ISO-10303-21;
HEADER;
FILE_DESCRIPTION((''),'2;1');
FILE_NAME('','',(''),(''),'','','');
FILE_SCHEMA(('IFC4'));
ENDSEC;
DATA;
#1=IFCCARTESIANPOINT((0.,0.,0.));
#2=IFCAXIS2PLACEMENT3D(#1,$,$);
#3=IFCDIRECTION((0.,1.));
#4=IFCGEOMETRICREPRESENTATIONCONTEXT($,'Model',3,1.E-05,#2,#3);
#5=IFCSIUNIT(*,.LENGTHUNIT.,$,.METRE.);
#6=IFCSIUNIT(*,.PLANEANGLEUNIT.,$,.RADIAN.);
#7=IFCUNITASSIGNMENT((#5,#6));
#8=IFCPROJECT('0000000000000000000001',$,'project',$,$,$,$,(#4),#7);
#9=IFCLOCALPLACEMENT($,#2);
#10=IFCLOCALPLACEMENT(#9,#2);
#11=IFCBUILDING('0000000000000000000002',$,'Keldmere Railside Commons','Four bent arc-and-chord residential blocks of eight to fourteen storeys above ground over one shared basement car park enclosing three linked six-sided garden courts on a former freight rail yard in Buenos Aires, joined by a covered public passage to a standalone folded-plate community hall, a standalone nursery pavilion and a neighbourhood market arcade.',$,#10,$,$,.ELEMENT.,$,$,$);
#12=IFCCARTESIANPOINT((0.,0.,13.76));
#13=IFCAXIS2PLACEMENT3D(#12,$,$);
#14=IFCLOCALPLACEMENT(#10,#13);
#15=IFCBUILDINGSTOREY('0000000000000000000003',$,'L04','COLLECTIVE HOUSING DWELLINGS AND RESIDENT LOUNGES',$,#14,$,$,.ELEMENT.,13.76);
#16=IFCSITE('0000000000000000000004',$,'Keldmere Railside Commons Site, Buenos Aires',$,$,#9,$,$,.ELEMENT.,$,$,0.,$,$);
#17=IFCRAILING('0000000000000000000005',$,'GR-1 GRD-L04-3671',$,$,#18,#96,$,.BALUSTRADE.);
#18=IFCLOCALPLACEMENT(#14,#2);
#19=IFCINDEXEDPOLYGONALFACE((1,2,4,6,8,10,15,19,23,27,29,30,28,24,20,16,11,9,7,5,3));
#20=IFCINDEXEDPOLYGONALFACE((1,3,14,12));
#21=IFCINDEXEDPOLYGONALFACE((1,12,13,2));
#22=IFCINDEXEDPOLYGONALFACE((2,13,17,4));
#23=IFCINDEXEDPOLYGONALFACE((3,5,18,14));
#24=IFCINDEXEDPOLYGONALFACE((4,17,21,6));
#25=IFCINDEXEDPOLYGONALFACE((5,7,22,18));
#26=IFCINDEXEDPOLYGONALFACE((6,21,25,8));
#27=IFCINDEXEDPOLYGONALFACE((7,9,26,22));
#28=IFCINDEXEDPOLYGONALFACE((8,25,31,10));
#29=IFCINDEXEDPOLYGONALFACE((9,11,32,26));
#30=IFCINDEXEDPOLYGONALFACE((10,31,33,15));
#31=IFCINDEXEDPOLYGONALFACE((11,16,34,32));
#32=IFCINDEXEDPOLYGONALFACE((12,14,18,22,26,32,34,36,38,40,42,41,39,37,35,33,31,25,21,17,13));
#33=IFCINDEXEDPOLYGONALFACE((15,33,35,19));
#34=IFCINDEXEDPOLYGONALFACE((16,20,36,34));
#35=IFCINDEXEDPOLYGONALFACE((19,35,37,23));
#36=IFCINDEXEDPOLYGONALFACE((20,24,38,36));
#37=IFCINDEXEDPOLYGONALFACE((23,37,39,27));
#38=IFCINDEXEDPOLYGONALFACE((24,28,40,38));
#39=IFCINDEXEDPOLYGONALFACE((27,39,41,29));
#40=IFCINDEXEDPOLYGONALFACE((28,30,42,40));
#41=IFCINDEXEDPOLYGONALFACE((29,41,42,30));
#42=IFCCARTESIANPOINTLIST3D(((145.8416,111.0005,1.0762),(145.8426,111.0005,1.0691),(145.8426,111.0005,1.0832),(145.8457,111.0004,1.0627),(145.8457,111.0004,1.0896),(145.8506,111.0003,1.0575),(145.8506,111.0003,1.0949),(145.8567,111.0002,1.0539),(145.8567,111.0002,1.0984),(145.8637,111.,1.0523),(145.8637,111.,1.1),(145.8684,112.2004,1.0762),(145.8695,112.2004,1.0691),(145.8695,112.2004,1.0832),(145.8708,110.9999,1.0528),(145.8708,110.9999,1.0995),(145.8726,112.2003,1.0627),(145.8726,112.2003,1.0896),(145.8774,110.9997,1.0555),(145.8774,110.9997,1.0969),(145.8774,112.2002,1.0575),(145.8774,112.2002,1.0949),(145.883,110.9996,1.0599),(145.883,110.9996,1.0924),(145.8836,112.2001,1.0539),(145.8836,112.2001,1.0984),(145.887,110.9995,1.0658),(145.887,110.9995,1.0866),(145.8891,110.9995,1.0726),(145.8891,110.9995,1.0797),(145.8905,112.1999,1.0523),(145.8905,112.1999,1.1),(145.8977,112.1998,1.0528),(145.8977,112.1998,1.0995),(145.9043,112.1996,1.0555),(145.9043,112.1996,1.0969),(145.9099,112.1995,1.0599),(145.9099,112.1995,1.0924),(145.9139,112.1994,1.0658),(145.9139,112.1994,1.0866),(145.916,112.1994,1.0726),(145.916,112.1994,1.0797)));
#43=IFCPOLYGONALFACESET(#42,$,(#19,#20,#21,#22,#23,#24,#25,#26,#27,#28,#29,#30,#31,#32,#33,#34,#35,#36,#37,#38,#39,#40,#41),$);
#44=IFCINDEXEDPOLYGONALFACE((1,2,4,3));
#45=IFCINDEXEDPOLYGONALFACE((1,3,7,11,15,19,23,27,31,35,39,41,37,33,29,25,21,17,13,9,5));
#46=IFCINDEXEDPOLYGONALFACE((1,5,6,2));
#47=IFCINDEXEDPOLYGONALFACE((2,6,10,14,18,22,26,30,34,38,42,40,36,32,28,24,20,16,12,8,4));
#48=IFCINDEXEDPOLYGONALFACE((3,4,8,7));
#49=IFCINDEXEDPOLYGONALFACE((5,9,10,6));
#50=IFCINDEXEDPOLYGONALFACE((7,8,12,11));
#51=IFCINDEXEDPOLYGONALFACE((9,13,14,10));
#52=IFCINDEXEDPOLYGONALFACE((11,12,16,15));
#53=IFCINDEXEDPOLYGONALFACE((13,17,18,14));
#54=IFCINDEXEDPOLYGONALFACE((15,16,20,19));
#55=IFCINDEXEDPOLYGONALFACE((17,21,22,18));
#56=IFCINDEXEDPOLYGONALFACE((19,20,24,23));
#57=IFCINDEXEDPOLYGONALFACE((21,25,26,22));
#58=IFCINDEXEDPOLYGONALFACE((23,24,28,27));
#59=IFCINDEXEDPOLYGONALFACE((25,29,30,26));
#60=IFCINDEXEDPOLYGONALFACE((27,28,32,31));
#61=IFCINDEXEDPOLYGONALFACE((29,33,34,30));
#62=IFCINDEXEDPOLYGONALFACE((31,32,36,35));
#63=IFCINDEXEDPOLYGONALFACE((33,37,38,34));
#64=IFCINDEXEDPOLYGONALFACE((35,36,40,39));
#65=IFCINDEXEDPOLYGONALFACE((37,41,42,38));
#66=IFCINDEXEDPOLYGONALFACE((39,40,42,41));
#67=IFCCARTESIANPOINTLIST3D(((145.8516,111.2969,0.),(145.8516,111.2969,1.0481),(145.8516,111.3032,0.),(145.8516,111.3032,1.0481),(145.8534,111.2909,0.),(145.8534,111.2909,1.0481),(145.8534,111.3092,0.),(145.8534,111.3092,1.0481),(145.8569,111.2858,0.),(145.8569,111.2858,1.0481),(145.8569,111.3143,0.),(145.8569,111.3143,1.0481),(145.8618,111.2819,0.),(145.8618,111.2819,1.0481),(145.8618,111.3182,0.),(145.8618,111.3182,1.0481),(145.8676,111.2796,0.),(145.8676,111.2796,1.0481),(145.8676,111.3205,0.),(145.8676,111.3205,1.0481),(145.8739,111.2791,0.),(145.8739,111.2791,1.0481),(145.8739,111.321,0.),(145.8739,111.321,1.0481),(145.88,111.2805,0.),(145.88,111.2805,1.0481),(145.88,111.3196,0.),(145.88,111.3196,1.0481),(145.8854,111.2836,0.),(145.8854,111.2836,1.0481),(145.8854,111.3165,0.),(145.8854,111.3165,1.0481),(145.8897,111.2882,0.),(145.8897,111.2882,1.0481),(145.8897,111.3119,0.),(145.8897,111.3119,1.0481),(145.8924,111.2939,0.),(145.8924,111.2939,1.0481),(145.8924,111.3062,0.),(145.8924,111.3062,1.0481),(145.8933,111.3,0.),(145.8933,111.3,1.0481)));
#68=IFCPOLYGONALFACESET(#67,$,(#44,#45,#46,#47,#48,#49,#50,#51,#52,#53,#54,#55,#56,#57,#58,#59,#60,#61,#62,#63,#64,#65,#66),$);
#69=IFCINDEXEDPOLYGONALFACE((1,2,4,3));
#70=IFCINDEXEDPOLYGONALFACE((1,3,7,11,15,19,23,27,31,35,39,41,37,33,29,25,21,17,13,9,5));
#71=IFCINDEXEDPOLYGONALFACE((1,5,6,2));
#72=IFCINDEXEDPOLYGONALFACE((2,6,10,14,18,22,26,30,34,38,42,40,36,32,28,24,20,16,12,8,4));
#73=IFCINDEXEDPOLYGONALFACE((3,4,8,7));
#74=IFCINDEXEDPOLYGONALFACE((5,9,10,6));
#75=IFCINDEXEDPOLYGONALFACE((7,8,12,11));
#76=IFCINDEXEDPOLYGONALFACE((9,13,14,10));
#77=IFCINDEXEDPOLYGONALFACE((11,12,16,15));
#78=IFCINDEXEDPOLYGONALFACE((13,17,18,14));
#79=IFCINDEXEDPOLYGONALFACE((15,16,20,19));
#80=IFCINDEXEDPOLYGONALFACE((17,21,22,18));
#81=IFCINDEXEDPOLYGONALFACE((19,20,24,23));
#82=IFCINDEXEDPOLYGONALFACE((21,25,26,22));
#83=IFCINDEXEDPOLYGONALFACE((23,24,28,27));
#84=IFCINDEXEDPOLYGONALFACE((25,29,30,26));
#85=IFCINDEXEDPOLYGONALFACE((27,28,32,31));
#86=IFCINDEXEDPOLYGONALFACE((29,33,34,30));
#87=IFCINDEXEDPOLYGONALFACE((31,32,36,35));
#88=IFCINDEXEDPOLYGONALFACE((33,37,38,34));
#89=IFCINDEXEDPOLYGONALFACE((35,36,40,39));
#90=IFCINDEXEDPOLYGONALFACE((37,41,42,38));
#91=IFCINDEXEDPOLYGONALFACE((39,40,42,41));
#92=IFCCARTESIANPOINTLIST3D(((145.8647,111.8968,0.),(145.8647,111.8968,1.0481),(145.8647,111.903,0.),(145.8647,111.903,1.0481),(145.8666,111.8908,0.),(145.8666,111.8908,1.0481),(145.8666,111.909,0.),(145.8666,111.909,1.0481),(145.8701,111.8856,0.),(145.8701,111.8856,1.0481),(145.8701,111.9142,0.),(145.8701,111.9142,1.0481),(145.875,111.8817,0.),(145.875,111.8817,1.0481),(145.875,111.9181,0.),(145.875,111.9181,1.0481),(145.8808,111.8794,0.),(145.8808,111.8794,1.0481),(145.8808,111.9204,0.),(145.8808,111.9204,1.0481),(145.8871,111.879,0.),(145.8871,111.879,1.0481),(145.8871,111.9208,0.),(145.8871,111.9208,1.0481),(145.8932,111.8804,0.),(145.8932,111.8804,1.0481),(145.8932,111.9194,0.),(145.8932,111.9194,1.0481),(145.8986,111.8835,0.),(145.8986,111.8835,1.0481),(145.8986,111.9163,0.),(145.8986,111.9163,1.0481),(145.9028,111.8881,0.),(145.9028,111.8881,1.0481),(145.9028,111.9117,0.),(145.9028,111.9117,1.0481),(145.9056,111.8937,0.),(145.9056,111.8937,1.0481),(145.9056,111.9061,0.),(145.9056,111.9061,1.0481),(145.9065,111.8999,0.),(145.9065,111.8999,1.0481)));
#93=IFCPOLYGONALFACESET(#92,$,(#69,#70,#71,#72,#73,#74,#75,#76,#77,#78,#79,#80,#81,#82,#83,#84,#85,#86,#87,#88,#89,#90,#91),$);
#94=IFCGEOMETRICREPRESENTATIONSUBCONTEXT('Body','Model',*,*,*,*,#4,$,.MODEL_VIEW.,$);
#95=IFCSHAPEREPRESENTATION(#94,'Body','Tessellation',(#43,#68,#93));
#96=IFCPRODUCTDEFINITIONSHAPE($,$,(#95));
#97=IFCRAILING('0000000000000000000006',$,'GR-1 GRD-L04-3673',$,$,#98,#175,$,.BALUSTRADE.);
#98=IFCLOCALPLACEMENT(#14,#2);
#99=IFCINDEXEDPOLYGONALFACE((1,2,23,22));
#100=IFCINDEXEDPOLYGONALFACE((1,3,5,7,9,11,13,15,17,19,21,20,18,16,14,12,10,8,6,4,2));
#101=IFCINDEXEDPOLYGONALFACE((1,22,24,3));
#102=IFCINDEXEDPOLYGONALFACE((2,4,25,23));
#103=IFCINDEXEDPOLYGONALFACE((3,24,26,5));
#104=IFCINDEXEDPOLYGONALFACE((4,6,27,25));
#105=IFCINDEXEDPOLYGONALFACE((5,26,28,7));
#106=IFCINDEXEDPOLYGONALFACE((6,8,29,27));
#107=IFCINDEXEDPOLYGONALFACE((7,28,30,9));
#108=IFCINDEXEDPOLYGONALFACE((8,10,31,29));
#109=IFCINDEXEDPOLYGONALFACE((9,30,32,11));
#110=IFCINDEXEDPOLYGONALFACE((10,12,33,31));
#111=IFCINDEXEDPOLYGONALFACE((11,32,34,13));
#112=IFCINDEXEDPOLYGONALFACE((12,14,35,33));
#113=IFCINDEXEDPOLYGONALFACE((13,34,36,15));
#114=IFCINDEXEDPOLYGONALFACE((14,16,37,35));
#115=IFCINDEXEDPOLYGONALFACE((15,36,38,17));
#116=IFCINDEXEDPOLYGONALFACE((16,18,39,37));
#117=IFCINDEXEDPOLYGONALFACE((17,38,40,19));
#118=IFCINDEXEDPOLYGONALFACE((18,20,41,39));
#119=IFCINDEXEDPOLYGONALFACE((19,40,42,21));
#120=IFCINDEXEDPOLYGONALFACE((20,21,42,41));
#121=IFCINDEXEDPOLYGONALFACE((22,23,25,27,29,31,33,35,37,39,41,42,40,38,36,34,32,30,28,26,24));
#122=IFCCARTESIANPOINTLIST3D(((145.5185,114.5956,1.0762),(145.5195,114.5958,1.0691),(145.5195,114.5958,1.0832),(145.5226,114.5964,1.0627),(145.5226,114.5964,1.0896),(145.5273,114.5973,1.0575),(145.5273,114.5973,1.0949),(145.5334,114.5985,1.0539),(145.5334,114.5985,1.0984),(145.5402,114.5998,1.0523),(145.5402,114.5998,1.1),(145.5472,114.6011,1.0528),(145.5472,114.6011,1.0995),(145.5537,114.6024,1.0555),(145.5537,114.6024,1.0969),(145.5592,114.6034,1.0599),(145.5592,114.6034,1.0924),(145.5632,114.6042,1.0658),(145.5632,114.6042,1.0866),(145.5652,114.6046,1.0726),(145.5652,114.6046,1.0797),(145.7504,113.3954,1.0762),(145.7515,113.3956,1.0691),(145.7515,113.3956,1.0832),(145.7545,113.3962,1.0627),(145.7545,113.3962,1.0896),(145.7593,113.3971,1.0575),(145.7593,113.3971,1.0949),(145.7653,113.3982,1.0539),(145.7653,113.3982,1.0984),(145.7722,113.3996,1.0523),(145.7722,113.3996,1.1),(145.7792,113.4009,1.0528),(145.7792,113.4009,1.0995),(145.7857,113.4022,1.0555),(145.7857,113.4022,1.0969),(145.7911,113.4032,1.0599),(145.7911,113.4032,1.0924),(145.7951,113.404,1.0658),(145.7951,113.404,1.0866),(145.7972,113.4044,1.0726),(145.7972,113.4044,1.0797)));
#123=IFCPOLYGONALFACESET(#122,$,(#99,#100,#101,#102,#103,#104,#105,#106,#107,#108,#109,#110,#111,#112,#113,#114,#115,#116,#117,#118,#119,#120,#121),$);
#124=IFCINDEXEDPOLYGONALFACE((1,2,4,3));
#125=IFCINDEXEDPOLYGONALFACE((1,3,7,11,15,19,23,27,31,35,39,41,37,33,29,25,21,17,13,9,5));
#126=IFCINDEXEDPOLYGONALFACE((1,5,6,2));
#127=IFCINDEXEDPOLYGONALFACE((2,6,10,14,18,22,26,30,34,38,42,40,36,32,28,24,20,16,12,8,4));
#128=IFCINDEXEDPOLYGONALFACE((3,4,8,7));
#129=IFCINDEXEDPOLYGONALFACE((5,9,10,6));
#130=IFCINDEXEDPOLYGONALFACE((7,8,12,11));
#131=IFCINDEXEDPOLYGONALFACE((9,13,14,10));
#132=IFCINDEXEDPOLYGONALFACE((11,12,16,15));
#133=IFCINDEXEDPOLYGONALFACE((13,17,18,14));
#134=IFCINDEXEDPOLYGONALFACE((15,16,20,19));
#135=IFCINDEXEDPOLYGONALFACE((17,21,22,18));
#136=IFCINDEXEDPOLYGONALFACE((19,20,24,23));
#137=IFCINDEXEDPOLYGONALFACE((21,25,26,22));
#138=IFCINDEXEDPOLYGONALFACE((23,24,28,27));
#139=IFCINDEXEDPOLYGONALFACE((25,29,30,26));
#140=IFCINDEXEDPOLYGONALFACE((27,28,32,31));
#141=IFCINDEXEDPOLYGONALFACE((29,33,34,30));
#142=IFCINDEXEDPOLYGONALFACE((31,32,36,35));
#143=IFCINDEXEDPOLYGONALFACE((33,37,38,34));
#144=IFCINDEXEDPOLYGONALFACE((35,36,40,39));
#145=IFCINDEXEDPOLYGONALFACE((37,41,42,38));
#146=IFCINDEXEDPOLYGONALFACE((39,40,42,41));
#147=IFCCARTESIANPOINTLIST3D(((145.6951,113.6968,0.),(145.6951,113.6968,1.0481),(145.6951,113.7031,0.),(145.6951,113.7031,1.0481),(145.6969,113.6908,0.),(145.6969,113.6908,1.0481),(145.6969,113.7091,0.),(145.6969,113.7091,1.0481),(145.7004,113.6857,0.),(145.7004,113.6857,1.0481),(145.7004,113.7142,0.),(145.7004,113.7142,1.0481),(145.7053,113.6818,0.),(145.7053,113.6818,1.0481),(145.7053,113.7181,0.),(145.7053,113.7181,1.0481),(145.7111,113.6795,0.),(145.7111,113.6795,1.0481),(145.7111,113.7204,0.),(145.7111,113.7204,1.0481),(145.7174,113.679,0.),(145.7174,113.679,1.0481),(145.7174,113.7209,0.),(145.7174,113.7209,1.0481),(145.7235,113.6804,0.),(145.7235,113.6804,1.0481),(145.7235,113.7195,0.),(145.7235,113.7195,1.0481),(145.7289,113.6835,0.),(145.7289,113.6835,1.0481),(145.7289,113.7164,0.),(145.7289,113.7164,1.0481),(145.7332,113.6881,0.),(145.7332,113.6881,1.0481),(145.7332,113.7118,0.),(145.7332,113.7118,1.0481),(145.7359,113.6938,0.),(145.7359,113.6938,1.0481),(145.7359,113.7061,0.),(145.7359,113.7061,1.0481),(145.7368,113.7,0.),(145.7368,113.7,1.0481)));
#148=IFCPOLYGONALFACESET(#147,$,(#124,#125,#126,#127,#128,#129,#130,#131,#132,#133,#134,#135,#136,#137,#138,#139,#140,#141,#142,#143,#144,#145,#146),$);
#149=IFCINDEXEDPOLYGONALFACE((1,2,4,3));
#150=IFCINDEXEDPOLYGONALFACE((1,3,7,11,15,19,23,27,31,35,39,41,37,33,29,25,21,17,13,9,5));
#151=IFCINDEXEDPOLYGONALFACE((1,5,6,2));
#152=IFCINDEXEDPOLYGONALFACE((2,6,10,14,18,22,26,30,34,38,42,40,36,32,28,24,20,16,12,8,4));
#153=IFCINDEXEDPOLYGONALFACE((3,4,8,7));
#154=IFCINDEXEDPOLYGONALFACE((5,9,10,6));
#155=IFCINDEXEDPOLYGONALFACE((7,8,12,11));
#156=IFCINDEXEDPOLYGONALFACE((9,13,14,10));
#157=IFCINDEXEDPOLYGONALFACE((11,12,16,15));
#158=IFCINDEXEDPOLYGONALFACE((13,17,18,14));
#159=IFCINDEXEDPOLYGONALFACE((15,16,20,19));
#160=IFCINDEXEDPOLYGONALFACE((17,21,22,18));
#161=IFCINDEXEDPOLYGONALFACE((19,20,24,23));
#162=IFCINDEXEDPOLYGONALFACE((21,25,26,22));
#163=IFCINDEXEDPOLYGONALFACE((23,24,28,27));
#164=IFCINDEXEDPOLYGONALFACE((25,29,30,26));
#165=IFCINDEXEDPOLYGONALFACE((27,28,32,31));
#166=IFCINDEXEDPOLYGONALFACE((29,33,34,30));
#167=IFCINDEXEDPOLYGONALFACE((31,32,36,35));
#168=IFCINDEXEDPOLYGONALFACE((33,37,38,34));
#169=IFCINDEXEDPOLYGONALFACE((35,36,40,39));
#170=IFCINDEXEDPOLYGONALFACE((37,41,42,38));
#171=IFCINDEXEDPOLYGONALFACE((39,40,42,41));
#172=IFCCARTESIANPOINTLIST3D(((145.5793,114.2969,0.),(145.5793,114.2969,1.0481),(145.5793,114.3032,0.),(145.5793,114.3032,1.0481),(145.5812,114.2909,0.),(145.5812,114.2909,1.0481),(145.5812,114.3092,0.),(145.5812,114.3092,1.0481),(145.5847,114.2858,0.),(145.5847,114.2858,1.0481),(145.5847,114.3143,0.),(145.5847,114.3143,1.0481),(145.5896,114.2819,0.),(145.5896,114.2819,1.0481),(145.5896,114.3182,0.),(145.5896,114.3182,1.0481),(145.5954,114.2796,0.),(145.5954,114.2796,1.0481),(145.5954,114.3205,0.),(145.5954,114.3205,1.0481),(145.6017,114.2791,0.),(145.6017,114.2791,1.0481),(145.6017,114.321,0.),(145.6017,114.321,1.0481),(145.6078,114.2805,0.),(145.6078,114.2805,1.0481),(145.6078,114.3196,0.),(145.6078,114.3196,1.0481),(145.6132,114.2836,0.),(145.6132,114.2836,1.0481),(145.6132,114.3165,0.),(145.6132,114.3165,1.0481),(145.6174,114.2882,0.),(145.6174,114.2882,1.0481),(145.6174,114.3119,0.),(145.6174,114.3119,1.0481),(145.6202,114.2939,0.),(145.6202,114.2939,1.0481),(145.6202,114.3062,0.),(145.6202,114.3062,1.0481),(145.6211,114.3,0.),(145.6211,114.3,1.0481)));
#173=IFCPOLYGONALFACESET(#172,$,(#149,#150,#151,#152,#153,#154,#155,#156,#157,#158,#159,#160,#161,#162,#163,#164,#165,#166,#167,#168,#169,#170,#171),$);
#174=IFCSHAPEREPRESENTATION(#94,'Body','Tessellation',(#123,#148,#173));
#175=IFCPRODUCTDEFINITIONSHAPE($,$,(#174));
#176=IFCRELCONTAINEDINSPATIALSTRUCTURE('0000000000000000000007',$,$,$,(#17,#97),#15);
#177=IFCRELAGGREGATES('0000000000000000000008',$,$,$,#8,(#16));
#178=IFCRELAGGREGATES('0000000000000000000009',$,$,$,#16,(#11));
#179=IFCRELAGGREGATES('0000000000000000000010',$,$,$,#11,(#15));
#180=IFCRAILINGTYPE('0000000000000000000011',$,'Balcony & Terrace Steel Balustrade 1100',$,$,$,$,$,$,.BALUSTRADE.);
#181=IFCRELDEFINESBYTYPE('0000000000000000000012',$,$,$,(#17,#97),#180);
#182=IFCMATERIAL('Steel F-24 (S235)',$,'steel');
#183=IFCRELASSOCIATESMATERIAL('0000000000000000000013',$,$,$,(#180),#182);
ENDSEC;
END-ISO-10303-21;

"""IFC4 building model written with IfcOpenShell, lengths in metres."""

from ifc_helpers import new_model, si_unit, direction, frame, origin, origin_2d, place, context, subcontext, project, spatial, circle, extrude, material, type_object, element, save


model = new_model("IFC4")

# Units and contexts
model_context = context("Model", 3, precision=1e-05, world=origin(), true_north=direction((0.0, 1.0)))
body_context = subcontext(model_context, "Body", "Model", "MODEL_VIEW")
ifc_project = project(units=[si_unit("LENGTHUNIT", "METRE"), si_unit("PLANEANGLEUNIT", "RADIAN")], contexts=[model_context])

# Site, building, storey
site_placement = place(None, origin())
site = spatial("IfcSite", under=ifc_project, at=site_placement, Name="Keldmere Railside Commons Site, Buenos Aires", CompositionType="ELEMENT", RefElevation=0.0)
building_placement = place(site_placement, origin())
building = spatial("IfcBuilding", under=site, at=building_placement, Name="Keldmere Railside Commons", Description="Four bent arc-and-chord residential blocks of eight to fourteen storeys above ground over one shared basement car park enclosing three linked six-sided garden courts on a former freight rail yard in Buenos Aires, joined by a covered public passage to a standalone folded-plate community hall, a standalone nursery pavilion and a neighbourhood market arcade.", CompositionType="ELEMENT")
storey_placement = place(building_placement, frame((0.0, 0.0, 13.76)))
storey = spatial("IfcBuildingStorey", under=building, at=storey_placement, Name="L04", Description="COLLECTIVE HOUSING DWELLINGS AND RESIDENT LOUNGES", CompositionType="ELEMENT", Elevation=13.76)

# Shared definitions
ifc_material_1 = material(Name="Steel F-24 (S235)", Category="steel")

# Railings
railing_type = type_object("IfcRailingType", Name="Balcony & Terrace Steel Balustrade 1100", PredefinedType="BALUSTRADE", material=ifc_material_1)
railing_1_placement = place(storey_placement, frame((145.8655, 111.0, 0.0)))
element("IfcRailing", 1, at=railing_1_placement, inside=storey, type_object=railing_type, Name="GR-1 GRD-L04-3671", PredefinedType="BALUSTRADE", context=body_context, shape_type="SweptSolid", body=[
    extrude(circle(Radius=0.0239, at=origin_2d()), frame((0.0, 0.0, 1.0762), z_axis=(0.022375, 0.99975, 0.0), x_axis=(-0.99975, 0.022375, 0.0)), (0.0, 0.0, 1.0), 1.2002),
    extrude(circle(Radius=0.021, at=origin_2d()), frame((0.0068, 0.3, 0.0)), (0.0, 0.0, 1.0), 1.0481),
    extrude(circle(Radius=0.021, at=origin_2d()), frame((0.02, 0.8999, 0.0)), (0.0, 0.0, 1.0), 1.0481),
])
railing_2_placement = place(storey_placement, frame((145.7739, 113.3999, 0.0)))
element("IfcRailing", 2, at=railing_2_placement, inside=storey, type_object=railing_type, Name="GR-1 GRD-L04-3673", PredefinedType="BALUSTRADE", context=body_context, shape_type="SweptSolid", body=[
    extrude(circle(Radius=0.0239, at=origin_2d()), frame((0.0, 0.0, 1.0762), z_axis=(-0.189736, 0.981835, 0.0), x_axis=(-0.981835, -0.189736, 0.0)), (0.0, 0.0, 1.0), 1.2224),
    extrude(circle(Radius=0.021, at=origin_2d()), frame((-0.0581, 0.3, 0.0)), (0.0, 0.0, 1.0), 1.0481),
    extrude(circle(Radius=0.021, at=origin_2d()), frame((-0.1738, 0.9001, 0.0)), (0.0, 0.0, 1.0), 1.0481),
])

save(model, "model.ifc")
